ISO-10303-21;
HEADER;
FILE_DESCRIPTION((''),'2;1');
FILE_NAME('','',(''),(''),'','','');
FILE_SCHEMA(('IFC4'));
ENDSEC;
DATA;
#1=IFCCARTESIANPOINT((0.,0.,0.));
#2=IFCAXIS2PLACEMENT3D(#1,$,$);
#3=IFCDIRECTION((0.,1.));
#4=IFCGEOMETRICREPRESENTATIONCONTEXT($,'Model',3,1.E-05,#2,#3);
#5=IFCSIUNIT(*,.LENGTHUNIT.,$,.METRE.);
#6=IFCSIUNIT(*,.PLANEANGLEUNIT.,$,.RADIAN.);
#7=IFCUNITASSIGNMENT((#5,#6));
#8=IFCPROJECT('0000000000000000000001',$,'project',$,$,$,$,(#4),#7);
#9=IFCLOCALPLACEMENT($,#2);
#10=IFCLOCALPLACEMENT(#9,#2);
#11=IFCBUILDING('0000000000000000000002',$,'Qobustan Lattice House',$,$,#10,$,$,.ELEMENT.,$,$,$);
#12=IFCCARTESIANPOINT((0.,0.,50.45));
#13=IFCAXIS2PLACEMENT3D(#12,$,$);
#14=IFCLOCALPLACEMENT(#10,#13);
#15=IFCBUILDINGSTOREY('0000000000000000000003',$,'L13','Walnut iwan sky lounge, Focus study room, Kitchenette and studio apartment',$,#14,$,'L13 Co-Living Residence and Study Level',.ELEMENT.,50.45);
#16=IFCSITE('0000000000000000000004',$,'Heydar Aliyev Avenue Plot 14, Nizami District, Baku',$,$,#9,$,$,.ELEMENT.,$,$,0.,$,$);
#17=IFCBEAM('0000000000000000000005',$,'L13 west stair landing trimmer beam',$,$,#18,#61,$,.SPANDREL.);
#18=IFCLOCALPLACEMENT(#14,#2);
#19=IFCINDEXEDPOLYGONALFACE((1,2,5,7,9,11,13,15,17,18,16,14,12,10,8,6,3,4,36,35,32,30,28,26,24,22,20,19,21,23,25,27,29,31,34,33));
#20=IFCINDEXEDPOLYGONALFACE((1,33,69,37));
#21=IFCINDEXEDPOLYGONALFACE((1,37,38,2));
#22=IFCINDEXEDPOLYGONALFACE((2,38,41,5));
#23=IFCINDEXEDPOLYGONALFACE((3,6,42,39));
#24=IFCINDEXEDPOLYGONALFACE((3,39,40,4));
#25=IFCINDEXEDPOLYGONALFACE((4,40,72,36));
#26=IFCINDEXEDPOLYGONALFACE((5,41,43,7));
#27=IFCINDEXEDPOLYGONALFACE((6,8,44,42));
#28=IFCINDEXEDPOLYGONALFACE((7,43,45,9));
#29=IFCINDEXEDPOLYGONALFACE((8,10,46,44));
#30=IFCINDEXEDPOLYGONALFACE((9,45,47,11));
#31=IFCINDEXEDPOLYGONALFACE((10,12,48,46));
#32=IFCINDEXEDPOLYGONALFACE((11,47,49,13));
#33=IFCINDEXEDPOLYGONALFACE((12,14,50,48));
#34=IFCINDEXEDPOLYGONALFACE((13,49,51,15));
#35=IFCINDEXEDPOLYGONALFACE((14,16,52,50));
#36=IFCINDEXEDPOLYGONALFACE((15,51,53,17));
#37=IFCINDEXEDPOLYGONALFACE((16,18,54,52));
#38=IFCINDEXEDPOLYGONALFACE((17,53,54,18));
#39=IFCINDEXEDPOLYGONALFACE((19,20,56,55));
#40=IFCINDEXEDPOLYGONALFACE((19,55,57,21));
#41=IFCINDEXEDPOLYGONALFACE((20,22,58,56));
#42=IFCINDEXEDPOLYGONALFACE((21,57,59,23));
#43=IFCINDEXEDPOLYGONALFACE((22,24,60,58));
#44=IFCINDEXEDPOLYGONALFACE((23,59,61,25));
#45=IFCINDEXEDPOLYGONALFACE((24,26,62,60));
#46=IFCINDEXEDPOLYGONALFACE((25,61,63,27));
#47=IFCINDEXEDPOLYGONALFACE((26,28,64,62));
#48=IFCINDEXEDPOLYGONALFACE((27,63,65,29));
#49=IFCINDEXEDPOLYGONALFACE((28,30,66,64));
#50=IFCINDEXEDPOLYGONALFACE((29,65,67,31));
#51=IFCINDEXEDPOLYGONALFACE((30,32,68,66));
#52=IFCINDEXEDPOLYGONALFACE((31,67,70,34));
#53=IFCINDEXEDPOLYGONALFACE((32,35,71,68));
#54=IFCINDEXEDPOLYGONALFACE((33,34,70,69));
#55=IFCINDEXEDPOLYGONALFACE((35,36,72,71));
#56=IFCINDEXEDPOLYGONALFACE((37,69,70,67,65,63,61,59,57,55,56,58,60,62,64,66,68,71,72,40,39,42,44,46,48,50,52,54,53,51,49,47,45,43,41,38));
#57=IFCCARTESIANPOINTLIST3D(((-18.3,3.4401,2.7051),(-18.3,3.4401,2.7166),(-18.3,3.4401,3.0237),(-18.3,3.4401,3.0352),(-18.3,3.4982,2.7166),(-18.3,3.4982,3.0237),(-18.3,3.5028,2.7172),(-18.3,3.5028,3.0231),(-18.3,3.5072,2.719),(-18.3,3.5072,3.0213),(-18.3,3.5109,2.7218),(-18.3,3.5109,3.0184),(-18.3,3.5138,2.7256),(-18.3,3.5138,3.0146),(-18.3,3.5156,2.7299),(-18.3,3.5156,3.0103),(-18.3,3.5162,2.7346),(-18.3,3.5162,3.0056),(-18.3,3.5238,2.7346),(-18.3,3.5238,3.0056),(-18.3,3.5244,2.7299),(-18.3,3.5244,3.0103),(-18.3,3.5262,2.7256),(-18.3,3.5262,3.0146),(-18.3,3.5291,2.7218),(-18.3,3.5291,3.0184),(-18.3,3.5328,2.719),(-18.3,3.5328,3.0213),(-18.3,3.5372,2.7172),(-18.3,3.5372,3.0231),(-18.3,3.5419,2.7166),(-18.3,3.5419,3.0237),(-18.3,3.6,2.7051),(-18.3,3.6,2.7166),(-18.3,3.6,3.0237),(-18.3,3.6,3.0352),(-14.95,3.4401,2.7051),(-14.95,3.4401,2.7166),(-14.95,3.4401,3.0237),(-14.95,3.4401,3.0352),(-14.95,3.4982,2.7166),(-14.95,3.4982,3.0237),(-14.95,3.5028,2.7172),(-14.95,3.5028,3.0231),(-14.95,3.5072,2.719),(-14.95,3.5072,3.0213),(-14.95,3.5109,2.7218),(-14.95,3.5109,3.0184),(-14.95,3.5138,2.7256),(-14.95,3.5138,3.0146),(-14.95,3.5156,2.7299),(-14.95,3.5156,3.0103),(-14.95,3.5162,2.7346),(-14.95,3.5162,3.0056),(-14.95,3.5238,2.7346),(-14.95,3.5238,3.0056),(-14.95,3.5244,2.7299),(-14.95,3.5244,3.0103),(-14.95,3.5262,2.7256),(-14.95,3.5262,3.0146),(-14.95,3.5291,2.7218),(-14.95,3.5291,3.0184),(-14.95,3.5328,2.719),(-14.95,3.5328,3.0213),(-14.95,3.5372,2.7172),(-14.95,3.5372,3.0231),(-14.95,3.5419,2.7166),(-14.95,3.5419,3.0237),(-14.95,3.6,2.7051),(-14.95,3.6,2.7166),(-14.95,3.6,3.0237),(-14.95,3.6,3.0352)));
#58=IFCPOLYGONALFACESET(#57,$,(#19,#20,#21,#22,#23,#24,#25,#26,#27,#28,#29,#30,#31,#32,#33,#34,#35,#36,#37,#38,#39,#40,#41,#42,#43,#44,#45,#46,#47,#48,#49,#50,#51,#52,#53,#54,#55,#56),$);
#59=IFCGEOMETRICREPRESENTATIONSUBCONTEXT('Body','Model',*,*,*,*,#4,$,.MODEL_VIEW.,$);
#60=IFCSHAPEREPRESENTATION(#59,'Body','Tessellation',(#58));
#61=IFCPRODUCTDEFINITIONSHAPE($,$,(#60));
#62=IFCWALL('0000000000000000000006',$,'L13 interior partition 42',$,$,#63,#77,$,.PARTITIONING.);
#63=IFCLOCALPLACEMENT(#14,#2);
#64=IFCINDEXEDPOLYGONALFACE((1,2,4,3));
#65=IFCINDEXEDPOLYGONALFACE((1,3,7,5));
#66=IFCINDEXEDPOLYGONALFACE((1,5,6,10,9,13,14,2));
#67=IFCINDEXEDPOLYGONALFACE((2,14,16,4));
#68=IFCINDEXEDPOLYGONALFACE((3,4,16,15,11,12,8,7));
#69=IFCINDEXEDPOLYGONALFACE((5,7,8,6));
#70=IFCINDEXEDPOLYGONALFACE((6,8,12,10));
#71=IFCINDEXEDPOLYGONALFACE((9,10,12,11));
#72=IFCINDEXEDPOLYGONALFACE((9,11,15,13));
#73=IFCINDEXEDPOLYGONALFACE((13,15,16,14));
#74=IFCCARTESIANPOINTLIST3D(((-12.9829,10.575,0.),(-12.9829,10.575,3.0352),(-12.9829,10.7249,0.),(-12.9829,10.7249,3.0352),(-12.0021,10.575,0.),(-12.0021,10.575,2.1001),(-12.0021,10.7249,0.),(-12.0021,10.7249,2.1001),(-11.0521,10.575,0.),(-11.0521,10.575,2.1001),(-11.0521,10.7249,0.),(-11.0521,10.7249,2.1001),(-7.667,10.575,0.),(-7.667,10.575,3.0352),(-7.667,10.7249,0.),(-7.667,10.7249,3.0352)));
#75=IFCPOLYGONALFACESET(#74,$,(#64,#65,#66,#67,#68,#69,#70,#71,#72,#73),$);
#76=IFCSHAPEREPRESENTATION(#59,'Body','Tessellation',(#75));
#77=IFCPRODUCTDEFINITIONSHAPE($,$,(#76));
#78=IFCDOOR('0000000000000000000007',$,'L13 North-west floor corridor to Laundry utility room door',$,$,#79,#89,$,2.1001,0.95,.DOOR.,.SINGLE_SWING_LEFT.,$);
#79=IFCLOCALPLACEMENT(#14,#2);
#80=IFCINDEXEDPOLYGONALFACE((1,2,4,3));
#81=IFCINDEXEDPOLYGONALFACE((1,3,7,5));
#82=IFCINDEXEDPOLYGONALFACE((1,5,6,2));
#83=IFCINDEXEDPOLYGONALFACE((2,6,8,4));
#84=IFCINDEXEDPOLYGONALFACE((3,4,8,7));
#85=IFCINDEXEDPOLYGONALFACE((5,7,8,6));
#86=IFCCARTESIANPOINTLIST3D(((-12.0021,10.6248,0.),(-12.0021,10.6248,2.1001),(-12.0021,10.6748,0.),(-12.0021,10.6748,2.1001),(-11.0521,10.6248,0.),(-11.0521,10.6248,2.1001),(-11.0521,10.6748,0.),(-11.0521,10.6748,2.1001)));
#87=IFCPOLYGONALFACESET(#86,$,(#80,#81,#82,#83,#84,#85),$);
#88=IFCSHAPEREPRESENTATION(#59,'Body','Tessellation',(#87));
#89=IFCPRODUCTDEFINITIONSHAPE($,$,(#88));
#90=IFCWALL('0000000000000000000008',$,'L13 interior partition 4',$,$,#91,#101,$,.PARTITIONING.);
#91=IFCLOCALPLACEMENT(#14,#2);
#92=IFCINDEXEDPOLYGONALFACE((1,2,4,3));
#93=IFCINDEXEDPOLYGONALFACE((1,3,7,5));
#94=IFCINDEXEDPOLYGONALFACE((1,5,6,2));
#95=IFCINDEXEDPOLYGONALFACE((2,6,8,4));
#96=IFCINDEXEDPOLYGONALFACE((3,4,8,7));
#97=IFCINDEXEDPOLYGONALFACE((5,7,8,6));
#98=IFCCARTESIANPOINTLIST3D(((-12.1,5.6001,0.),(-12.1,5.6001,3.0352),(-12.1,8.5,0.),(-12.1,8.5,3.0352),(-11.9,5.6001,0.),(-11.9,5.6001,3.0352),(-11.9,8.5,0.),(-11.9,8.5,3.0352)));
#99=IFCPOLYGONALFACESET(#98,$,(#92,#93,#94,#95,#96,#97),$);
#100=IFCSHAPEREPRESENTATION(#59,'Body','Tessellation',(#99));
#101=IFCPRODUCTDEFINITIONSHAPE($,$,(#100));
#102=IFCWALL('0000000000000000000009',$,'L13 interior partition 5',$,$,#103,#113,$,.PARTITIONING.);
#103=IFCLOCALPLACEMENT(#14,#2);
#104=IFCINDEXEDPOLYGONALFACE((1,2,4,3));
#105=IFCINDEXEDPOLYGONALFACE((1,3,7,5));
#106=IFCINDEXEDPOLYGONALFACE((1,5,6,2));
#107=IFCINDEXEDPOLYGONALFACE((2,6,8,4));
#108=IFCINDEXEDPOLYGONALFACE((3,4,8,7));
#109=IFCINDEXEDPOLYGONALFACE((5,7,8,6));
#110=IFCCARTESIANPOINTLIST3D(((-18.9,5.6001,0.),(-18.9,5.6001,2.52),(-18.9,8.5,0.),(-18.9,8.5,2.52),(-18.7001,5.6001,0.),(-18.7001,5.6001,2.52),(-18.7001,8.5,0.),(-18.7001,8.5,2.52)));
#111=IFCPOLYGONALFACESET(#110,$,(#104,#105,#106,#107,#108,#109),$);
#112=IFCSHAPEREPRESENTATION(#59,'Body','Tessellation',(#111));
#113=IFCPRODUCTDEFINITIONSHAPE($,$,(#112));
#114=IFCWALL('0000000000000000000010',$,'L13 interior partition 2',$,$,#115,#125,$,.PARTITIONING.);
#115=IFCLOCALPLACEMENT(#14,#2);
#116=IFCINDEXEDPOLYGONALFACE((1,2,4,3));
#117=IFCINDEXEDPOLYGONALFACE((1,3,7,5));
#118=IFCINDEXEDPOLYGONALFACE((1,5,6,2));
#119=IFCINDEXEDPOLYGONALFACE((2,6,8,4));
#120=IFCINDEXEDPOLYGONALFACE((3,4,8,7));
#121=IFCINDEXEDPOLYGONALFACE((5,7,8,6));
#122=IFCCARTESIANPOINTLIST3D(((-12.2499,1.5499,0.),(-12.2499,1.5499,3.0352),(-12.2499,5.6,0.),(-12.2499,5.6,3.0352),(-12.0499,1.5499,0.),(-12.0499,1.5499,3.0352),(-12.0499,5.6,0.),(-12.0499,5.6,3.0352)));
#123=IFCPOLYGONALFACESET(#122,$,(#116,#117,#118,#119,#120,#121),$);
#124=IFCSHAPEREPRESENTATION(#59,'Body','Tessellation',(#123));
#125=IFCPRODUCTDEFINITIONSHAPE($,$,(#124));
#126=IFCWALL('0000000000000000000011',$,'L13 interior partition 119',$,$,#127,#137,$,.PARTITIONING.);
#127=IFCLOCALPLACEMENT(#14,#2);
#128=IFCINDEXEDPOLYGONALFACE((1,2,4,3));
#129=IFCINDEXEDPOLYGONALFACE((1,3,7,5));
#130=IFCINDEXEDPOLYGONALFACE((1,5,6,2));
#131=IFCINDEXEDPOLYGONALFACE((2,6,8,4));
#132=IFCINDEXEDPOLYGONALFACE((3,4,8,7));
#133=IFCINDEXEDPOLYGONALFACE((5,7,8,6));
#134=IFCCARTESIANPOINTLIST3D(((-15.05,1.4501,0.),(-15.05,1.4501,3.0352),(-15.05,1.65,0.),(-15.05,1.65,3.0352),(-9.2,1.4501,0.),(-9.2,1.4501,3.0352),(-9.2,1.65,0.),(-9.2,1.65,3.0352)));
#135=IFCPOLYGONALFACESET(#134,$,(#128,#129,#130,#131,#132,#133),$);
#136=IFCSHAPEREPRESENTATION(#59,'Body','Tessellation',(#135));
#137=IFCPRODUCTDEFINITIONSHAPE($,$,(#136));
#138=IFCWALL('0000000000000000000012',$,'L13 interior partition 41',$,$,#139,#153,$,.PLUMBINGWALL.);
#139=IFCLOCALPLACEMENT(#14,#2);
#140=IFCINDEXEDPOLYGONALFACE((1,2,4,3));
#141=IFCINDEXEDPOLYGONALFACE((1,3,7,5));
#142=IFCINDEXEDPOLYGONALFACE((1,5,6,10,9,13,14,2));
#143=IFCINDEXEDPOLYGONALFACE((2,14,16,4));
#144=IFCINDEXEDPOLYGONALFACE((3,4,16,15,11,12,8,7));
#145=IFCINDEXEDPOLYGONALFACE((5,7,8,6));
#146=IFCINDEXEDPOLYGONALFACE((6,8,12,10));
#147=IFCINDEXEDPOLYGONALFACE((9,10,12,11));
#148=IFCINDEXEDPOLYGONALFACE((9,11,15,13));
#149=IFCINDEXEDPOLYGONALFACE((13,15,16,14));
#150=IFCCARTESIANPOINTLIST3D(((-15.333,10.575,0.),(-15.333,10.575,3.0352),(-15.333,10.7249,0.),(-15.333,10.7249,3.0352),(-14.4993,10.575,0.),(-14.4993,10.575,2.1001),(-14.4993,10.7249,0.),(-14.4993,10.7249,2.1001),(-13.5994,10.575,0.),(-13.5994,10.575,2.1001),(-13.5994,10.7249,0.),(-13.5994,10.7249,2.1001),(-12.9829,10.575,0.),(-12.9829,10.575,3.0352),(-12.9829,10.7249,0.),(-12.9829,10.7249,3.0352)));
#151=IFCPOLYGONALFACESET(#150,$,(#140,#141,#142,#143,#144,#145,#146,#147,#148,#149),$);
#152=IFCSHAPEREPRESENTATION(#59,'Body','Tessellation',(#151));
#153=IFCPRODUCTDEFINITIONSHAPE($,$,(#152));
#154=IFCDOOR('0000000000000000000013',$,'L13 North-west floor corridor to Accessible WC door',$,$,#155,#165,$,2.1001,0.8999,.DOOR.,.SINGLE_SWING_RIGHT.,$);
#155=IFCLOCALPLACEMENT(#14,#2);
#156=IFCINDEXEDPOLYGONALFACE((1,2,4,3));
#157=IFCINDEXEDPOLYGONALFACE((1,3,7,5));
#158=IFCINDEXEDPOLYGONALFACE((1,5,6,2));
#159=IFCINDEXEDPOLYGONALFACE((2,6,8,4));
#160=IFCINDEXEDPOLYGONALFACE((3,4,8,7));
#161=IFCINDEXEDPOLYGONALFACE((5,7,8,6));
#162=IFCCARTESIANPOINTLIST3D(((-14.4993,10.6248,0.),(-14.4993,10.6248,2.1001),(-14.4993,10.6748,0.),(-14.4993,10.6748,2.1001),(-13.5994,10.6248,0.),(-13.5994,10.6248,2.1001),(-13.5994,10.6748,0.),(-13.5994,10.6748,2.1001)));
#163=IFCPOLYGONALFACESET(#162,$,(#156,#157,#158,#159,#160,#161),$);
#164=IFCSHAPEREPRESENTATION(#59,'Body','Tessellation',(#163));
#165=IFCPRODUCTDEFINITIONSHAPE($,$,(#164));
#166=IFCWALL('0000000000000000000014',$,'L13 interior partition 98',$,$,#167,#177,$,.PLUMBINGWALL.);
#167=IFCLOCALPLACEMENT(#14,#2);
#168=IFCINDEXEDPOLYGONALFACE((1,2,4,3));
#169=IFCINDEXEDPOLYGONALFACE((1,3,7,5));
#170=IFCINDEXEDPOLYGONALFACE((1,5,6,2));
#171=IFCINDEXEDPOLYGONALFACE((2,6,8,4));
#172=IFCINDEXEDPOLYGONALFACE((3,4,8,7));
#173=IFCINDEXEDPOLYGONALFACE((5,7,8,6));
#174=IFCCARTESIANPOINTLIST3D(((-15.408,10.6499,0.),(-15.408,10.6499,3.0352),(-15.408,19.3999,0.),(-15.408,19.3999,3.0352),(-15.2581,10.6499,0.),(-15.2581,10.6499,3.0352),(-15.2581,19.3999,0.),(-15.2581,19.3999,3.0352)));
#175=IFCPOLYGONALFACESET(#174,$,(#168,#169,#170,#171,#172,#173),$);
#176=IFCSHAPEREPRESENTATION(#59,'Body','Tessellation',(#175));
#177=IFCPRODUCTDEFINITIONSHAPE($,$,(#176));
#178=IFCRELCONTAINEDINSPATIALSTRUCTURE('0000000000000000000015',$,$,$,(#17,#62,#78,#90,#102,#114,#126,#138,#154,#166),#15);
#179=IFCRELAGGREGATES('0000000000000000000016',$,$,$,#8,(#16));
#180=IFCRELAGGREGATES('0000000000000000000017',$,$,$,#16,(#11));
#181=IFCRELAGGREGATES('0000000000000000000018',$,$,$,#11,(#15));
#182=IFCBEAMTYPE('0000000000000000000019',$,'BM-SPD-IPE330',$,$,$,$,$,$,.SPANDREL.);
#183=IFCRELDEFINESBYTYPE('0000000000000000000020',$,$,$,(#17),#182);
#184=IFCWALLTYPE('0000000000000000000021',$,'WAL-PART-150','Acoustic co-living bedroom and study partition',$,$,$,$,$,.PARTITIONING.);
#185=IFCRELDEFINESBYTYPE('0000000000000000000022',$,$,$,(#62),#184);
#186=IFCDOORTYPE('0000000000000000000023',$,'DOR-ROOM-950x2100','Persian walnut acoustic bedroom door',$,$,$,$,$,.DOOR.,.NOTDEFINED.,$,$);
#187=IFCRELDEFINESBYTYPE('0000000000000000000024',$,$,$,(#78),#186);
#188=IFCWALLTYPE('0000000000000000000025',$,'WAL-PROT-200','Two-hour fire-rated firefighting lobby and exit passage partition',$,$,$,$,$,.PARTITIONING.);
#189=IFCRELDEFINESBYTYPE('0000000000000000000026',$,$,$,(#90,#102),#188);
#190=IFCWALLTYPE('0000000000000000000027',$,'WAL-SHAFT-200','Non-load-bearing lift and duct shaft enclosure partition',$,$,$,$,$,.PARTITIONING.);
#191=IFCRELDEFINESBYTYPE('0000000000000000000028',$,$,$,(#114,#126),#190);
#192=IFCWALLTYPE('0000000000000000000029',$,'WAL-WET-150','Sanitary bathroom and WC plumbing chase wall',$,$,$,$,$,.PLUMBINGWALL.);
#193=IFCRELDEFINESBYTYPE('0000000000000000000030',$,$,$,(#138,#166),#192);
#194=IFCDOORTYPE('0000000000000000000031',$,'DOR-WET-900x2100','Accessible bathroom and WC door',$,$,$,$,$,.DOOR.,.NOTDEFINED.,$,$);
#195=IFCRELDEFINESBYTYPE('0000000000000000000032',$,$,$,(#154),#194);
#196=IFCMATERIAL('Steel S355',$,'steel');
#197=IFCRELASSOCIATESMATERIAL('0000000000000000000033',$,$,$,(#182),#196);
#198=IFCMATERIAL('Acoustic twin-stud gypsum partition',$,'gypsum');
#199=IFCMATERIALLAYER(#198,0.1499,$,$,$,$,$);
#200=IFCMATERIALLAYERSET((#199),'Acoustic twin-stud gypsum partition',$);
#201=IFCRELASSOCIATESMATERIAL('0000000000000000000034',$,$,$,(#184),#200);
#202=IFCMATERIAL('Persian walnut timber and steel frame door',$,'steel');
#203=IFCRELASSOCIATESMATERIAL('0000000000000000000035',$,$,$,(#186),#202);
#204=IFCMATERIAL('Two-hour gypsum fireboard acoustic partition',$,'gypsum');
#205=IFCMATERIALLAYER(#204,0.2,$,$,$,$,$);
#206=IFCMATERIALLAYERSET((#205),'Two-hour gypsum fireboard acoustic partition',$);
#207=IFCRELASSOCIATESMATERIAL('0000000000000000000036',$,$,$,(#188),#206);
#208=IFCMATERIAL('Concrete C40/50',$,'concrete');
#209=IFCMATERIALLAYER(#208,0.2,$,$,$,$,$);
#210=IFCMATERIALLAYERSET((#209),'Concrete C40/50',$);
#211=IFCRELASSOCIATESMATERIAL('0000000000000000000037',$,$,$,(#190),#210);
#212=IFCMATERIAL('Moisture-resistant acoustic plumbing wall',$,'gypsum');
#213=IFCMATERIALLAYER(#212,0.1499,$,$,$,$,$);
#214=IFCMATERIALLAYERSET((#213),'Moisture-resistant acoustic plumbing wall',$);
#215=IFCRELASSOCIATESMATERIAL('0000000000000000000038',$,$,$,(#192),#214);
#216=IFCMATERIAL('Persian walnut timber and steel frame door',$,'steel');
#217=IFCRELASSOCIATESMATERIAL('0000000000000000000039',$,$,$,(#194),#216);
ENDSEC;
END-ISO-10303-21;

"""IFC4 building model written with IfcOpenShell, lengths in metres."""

from ifc_helpers import new_model, si_unit, direction, frame, frame_2d, origin, origin_2d, place, context, subcontext, project, spatial, rectangle, i_section, extrude, material, layer, layer_set, material_profile, profile_set, type_object, element, fill, save


model = new_model("IFC4")

# Units and contexts
model_context = context("Model", 3, precision=1e-05, world=origin(), true_north=direction((0.0, 1.0)))
body_context = subcontext(model_context, "Body", "Model", "MODEL_VIEW")
ifc_project = project(units=[si_unit("LENGTHUNIT", "METRE"), si_unit("PLANEANGLEUNIT", "RADIAN")], contexts=[model_context])

# Site, building, storey
site_placement = place(None, origin())
site = spatial("IfcSite", under=ifc_project, at=site_placement, Name="Heydar Aliyev Avenue Plot 14, Nizami District, Baku", CompositionType="ELEMENT", RefElevation=0.0)
building_placement = place(site_placement, origin())
building = spatial("IfcBuilding", under=site, at=building_placement, Name="Qobustan Lattice House", CompositionType="ELEMENT")
storey_placement = place(building_placement, frame((0.0, 0.0, 50.45)))
storey = spatial("IfcBuildingStorey", under=building, at=storey_placement, Name="L13", Description="Walnut iwan sky lounge, Focus study room, Kitchenette and studio apartment", LongName="L13 Co-Living Residence and Study Level", CompositionType="ELEMENT", Elevation=50.45)

# Beam
ifc_material_1 = material(Name="Steel S355", Category="steel")
ifc_material_profile = material_profile(ifc_material_1, i_section(OverallWidth=0.1599, OverallDepth=0.3301, WebThickness=0.0076, FlangeThickness=0.0115, FilletRadius=0.0181, at=origin_2d()), Name="IPE330")
ifc_profile_set = profile_set([ifc_material_profile], Name="Steel S355")
beam_type = type_object("IfcBeamType", Name="BM-SPD-IPE330", PredefinedType="SPANDREL", material=ifc_profile_set)
beam_placement = place(storey_placement, frame((-18.3, 3.52, 2.8701), z_axis=(1.0, 0.0, 0.0), x_axis=(0.0, 1.0, 0.0)))
element("IfcBeam", 1, at=beam_placement, inside=storey, type_object=beam_type, Name="L13 west stair landing trimmer beam", PredefinedType="SPANDREL", context=body_context, shape_type="SweptSolid", body=[
    extrude(i_section(OverallWidth=0.1599, OverallDepth=0.3301, WebThickness=0.0076, FlangeThickness=0.0115, FilletRadius=0.0181, at=origin_2d()), origin(), (0.0, 0.0, 1.0), 3.3501),
])

# Wall, opening, door
ifc_material_2 = material(Name="Acoustic twin-stud gypsum partition", Category="gypsum")
ifc_layer_1 = layer(ifc_material_2, 0.1499)
ifc_layer_set_1 = layer_set([ifc_layer_1], Name="Acoustic twin-stud gypsum partition")
wall_type_1 = type_object("IfcWallType", Name="WAL-PART-150", Description="Acoustic co-living bedroom and study partition", PredefinedType="PARTITIONING", material=ifc_layer_set_1)
wall_1_placement = place(storey_placement, frame((-12.9829, 10.6499, 0.0), z_axis=(0.0, 0.0, 1.0), x_axis=(1.0, 0.0, 0.0)))
wall_1 = element("IfcWall", 2, at=wall_1_placement, inside=storey, type_object=wall_type_1, Name="L13 interior partition 42", PredefinedType="PARTITIONING", context=body_context, shape_type="SweptSolid", body=[
    extrude(rectangle(XDim=5.3159, YDim=0.1499, at=frame_2d((2.658, 0.0))), origin(), (0.0, 0.0, 1.0), 3.0352),
])
opening_1_placement = place(wall_1_placement, frame((0.9807, 0.0, 0.0)))
opening_1 = element("IfcOpeningElement", 3, at=opening_1_placement, cuts=wall_1, PredefinedType="OPENING", context=body_context, shape_type="SweptSolid", body=[
    extrude(rectangle(XDim=0.95, YDim=2.1001, at=frame_2d((0.4751, 1.05))), frame((0.0, 0.085, 0.0), z_axis=(0.0, -1.0, 0.0), x_axis=(1.0, 0.0, 0.0)), (0.0, 0.0, 1.0), 0.1699),
])
ifc_material_3 = material(Name="Persian walnut timber and steel frame door", Category="steel")
door_type_1 = type_object("IfcDoorType", Name="DOR-ROOM-950x2100", Description="Persian walnut acoustic bedroom door", OperationType="NOTDEFINED", PredefinedType="DOOR", material=ifc_material_3)
door_1_placement = place(opening_1_placement, origin())
door_1 = element("IfcDoor", 4, at=door_1_placement, inside=storey, type_object=door_type_1, Name="L13 North-west floor corridor to Laundry utility room door", OperationType="SINGLE_SWING_LEFT", OverallHeight=2.1001, OverallWidth=0.95, PredefinedType="DOOR", context=body_context, shape_type="SweptSolid", body=[
    extrude(rectangle(XDim=0.95, YDim=2.1001, at=frame_2d((0.4751, 1.05))), frame((0.0, 0.0249, 0.0), z_axis=(0.0, -1.0, 0.0), x_axis=(1.0, 0.0, 0.0)), (0.0, 0.0, 1.0), 0.05),
])
fill(opening_1, door_1)

# Walls
ifc_material_4 = material(Name="Two-hour gypsum fireboard acoustic partition", Category="gypsum")
ifc_layer_2 = layer(ifc_material_4, 0.2)
ifc_layer_set_2 = layer_set([ifc_layer_2], Name="Two-hour gypsum fireboard acoustic partition")
wall_type_2 = type_object("IfcWallType", Name="WAL-PROT-200", Description="Two-hour fire-rated firefighting lobby and exit passage partition", PredefinedType="PARTITIONING", material=ifc_layer_set_2)
wall_2_placement = place(storey_placement, frame((-12.0, 5.6001, 0.0), z_axis=(0.0, 0.0, 1.0), x_axis=(0.0, 1.0, 0.0)))
element("IfcWall", 5, at=wall_2_placement, inside=storey, type_object=wall_type_2, Name="L13 interior partition 4", PredefinedType="PARTITIONING", context=body_context, shape_type="SweptSolid", body=[
    extrude(rectangle(XDim=2.8999, YDim=0.2, at=frame_2d((1.45, 0.0))), origin(), (0.0, 0.0, 1.0), 3.0352),
])
wall_3_placement = place(storey_placement, frame((-18.8, 8.5, 0.0), z_axis=(0.0, 0.0, 1.0), x_axis=(0.0, -1.0, 0.0)))
element("IfcWall", 6, at=wall_3_placement, inside=storey, type_object=wall_type_2, Name="L13 interior partition 5", PredefinedType="PARTITIONING", context=body_context, shape_type="SweptSolid", body=[
    extrude(rectangle(XDim=2.8999, YDim=0.2, at=frame_2d((1.45, 0.0))), origin(), (0.0, 0.0, 1.0), 2.52),
])
ifc_material_5 = material(Name="Concrete C40/50", Category="concrete")
ifc_layer_3 = layer(ifc_material_5, 0.2)
ifc_layer_set_3 = layer_set([ifc_layer_3], Name="Concrete C40/50")
wall_type_3 = type_object("IfcWallType", Name="WAL-SHAFT-200", Description="Non-load-bearing lift and duct shaft enclosure partition", PredefinedType="PARTITIONING", material=ifc_layer_set_3)
wall_4_placement = place(storey_placement, frame((-12.1499, 1.55, 0.0), z_axis=(0.0, 0.0, 1.0), x_axis=(0.0, 1.0, 0.0)))
element("IfcWall", 7, at=wall_4_placement, inside=storey, type_object=wall_type_3, Name="L13 interior partition 2", PredefinedType="PARTITIONING", context=body_context, shape_type="SweptSolid", body=[
    extrude(rectangle(XDim=4.05, YDim=0.2, at=frame_2d((2.0249, 0.0))), origin(), (0.0, 0.0, 1.0), 3.0352),
])
wall_5_placement = place(storey_placement, frame((-15.05, 1.55, 0.0), z_axis=(0.0, 0.0, 1.0), x_axis=(1.0, 0.0, 0.0)))
element("IfcWall", 8, at=wall_5_placement, inside=storey, type_object=wall_type_3, Name="L13 interior partition 119", PredefinedType="PARTITIONING", context=body_context, shape_type="SweptSolid", body=[
    extrude(rectangle(XDim=5.8501, YDim=0.2, at=frame_2d((2.925, 0.0))), origin(), (0.0, 0.0, 1.0), 3.0352),
])

# Wall, opening, door
ifc_material_6 = material(Name="Moisture-resistant acoustic plumbing wall", Category="gypsum")
ifc_layer_4 = layer(ifc_material_6, 0.1499)
ifc_layer_set_4 = layer_set([ifc_layer_4], Name="Moisture-resistant acoustic plumbing wall")
wall_type_4 = type_object("IfcWallType", Name="WAL-WET-150", Description="Sanitary bathroom and WC plumbing chase wall", PredefinedType="PLUMBINGWALL", material=ifc_layer_set_4)
wall_6_placement = place(storey_placement, frame((-15.333, 10.6499, 0.0), z_axis=(0.0, 0.0, 1.0), x_axis=(1.0, 0.0, 0.0)))
wall_6 = element("IfcWall", 9, at=wall_6_placement, inside=storey, type_object=wall_type_4, Name="L13 interior partition 41", PredefinedType="PLUMBINGWALL", context=body_context, shape_type="SweptSolid", body=[
    extrude(rectangle(XDim=2.3501, YDim=0.1499, at=frame_2d((1.175, 0.0))), origin(), (0.0, 0.0, 1.0), 3.0352),
])
opening_2_placement = place(wall_6_placement, frame((0.8337, 0.0, 0.0)))
opening_2 = element("IfcOpeningElement", 10, at=opening_2_placement, cuts=wall_6, PredefinedType="OPENING", context=body_context, shape_type="SweptSolid", body=[
    extrude(rectangle(XDim=0.8999, YDim=2.1001, at=frame_2d((0.45, 1.05))), frame((0.0, 0.085, 0.0), z_axis=(0.0, -1.0, 0.0), x_axis=(1.0, 0.0, 0.0)), (0.0, 0.0, 1.0), 0.1699),
])
ifc_material_7 = material(Name="Persian walnut timber and steel frame door", Category="steel")
door_type_2 = type_object("IfcDoorType", Name="DOR-WET-900x2100", Description="Accessible bathroom and WC door", OperationType="NOTDEFINED", PredefinedType="DOOR", material=ifc_material_7)
door_2_placement = place(opening_2_placement, origin())
door_2 = element("IfcDoor", 11, at=door_2_placement, inside=storey, type_object=door_type_2, Name="L13 North-west floor corridor to Accessible WC door", OperationType="SINGLE_SWING_RIGHT", OverallHeight=2.1001, OverallWidth=0.8999, PredefinedType="DOOR", context=body_context, shape_type="SweptSolid", body=[
    extrude(rectangle(XDim=0.8999, YDim=2.1001, at=frame_2d((0.45, 1.05))), frame((0.0, 0.0249, 0.0), z_axis=(0.0, -1.0, 0.0), x_axis=(1.0, 0.0, 0.0)), (0.0, 0.0, 1.0), 0.05),
])
fill(opening_2, door_2)

# Wall
for number, where, z_axis, x_axis, name in (
    (12, (-15.333, 19.3999, 0.0), (0.0, 0.0, 1.0), (0.0, -1.0, 0.0), "L13 interior partition 98"),
):
    element("IfcWall", number, at=place(storey_placement, frame(where, z_axis=z_axis, x_axis=x_axis)), inside=storey, type_object=wall_type_4, Name=name, PredefinedType="PLUMBINGWALL", context=body_context, shape_type="SweptSolid", body=[
        extrude(rectangle(XDim=8.75, YDim=0.1499, at=frame_2d((4.375, 0.0))), origin(), (0.0, 0.0, 1.0), 3.0352),
    ])

save(model, "model.ifc")
